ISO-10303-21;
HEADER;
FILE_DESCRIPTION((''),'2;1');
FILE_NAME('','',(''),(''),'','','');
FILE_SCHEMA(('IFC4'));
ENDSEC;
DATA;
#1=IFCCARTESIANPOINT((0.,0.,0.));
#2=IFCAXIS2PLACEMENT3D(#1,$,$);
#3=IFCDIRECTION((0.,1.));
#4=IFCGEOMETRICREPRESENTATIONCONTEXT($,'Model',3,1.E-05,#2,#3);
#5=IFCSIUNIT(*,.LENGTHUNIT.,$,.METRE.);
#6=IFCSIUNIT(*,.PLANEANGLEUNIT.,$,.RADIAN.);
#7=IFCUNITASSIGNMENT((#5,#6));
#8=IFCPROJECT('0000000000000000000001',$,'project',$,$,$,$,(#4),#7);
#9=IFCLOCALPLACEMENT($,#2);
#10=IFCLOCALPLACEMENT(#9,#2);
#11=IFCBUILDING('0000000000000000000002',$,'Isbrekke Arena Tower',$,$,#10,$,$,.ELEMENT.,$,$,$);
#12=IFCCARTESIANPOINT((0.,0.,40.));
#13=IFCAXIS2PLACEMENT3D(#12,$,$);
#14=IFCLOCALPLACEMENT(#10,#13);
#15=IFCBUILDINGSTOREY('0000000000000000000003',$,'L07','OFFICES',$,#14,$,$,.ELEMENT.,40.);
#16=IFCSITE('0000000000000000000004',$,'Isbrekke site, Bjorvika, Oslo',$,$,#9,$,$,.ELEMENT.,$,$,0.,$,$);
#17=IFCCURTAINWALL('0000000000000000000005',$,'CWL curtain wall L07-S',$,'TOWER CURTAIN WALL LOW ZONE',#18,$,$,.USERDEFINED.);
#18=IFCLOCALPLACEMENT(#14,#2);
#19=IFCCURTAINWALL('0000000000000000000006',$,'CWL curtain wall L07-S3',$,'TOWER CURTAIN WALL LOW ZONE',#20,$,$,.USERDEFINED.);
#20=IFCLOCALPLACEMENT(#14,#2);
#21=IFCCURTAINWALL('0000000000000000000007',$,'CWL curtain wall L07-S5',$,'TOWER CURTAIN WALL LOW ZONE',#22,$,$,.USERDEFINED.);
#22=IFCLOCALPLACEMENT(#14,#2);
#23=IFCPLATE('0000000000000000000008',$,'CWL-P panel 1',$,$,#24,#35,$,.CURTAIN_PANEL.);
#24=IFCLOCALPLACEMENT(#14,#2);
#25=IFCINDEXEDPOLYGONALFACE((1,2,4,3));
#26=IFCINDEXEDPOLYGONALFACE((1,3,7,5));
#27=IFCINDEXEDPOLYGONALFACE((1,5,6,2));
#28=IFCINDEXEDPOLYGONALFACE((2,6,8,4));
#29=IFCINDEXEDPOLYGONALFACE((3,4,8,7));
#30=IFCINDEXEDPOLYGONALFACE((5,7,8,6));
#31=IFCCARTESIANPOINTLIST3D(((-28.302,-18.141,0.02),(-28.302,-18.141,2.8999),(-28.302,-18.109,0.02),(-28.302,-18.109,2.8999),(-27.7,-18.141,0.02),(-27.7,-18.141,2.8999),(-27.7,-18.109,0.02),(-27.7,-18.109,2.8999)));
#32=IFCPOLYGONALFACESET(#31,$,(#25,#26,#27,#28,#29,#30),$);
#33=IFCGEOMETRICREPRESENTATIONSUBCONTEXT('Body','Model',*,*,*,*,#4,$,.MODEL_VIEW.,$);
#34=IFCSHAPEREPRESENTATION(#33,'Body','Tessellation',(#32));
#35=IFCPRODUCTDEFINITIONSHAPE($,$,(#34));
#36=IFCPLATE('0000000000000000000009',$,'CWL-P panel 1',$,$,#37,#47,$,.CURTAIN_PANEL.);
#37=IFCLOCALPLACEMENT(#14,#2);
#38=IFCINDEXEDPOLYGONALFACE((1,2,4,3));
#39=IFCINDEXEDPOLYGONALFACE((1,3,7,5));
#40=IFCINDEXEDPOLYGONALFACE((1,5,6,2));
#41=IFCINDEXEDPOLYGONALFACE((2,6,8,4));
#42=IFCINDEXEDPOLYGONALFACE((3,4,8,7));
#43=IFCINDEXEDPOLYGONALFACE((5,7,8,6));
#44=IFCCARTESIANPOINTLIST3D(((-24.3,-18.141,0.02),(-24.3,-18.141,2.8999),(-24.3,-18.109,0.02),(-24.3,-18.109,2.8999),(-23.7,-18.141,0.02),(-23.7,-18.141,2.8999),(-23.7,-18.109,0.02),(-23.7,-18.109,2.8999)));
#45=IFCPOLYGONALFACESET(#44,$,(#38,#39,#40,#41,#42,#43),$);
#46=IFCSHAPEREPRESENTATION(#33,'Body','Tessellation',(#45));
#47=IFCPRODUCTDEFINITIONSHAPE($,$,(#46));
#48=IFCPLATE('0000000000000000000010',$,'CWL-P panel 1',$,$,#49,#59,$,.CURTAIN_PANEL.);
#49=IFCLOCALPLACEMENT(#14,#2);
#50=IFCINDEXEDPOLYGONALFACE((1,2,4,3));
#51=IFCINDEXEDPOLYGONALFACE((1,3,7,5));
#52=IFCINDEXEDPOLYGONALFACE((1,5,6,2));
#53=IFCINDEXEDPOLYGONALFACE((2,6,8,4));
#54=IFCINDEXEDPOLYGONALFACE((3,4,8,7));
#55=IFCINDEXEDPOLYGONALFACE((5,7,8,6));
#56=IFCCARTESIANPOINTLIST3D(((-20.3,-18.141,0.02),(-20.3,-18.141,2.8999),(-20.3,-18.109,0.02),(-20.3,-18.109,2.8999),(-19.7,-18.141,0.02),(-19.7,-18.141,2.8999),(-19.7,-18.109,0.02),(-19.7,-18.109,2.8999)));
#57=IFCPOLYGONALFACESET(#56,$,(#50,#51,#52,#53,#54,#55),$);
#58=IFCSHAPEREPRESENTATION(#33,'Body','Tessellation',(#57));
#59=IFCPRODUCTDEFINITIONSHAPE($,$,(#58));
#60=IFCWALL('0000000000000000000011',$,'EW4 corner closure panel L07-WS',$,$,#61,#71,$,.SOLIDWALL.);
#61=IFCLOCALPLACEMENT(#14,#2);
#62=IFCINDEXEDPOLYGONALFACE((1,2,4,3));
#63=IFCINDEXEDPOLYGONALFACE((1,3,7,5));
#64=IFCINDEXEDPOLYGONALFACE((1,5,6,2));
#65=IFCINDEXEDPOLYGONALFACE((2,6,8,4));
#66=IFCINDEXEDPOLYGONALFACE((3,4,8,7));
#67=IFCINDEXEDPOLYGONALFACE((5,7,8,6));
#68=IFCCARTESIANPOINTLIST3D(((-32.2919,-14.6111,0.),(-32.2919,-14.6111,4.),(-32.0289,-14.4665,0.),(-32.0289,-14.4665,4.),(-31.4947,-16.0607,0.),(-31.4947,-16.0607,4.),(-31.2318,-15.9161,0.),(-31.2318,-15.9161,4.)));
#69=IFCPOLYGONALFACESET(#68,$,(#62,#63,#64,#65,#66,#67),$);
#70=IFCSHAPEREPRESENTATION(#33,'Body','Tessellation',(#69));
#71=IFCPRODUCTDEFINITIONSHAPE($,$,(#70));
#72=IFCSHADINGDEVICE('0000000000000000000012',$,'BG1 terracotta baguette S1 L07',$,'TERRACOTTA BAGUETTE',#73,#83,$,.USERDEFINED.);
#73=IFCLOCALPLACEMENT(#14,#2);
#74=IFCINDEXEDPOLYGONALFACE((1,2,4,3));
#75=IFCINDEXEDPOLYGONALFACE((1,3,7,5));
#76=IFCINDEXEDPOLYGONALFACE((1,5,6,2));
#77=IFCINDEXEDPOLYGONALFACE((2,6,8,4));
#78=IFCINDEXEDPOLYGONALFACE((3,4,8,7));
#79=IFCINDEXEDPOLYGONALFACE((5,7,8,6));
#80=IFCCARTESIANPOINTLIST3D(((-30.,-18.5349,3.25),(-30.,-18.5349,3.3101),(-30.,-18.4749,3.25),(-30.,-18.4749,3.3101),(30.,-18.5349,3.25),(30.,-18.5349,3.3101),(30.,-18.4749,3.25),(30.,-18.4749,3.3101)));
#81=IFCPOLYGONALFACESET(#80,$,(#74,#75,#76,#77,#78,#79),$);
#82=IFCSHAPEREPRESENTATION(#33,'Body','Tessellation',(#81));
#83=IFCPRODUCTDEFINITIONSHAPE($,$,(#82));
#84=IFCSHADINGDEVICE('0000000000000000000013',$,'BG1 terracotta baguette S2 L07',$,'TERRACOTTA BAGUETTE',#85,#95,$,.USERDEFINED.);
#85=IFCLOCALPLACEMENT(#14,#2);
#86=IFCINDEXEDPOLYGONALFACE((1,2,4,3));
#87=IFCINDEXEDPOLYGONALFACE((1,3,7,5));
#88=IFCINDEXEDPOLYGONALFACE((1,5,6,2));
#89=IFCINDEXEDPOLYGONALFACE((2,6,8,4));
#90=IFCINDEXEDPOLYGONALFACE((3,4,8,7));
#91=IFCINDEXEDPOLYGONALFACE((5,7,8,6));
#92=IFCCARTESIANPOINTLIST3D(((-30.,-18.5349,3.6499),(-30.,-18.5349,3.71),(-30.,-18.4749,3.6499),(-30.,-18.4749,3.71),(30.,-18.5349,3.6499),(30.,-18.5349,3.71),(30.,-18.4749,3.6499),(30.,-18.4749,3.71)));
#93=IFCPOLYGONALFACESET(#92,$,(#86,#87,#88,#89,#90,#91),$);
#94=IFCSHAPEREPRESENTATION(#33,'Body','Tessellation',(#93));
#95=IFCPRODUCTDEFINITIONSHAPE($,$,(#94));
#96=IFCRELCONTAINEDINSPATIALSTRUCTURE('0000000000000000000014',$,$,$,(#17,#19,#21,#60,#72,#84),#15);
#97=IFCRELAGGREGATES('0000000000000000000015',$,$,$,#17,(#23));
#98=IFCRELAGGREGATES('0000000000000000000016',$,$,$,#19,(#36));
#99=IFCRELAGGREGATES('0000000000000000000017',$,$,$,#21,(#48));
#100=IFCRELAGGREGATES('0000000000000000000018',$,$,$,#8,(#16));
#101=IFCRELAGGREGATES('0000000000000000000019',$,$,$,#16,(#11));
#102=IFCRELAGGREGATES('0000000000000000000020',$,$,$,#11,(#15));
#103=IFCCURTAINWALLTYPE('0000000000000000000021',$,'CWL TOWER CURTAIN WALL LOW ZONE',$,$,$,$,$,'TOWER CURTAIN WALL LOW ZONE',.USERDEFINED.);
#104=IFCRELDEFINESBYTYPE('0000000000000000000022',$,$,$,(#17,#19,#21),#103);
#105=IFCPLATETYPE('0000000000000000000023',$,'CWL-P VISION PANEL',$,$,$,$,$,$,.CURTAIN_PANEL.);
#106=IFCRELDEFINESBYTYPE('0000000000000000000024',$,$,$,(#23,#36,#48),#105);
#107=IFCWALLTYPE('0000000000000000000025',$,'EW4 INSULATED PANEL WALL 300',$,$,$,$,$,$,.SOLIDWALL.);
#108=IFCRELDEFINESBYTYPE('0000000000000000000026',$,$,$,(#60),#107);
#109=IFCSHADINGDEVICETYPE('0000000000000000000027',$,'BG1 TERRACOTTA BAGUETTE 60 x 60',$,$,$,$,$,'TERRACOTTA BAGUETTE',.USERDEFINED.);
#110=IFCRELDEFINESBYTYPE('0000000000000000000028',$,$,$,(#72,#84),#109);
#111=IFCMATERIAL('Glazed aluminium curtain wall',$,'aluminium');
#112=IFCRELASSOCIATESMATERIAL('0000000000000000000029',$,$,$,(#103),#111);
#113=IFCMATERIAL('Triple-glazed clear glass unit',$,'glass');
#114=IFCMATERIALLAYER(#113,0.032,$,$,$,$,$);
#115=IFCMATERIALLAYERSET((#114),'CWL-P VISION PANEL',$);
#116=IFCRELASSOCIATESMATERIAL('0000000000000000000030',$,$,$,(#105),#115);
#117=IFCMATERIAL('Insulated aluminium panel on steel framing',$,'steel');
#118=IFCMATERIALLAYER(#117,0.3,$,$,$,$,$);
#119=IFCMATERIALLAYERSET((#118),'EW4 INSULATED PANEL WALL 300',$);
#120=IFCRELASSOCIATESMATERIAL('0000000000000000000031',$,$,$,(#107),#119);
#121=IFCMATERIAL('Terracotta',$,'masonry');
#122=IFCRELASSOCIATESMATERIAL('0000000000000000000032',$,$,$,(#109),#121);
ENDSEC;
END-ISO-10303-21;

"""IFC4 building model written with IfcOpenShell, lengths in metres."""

from ifc_helpers import new_model, si_unit, direction, frame, frame_2d, origin, origin_2d, place, context, subcontext, project, spatial, rectangle, extrude, material, layer, layer_set, material_profile, profile_set, type_object, element, aggregate, save


model = new_model("IFC4")

# Units and contexts
model_context = context("Model", 3, precision=1e-05, world=origin(), true_north=direction((0.0, 1.0)))
body_context = subcontext(model_context, "Body", "Model", "MODEL_VIEW")
ifc_project = project(units=[si_unit("LENGTHUNIT", "METRE"), si_unit("PLANEANGLEUNIT", "RADIAN")], contexts=[model_context])

# Site, building, storey
site_placement = place(None, origin())
site = spatial("IfcSite", under=ifc_project, at=site_placement, Name="Isbrekke site, Bjorvika, Oslo", CompositionType="ELEMENT", RefElevation=0.0)
building_placement = place(site_placement, origin())
building = spatial("IfcBuilding", under=site, at=building_placement, Name="Isbrekke Arena Tower", CompositionType="ELEMENT")
storey_placement = place(building_placement, frame((0.0, 0.0, 40.0)))
storey = spatial("IfcBuildingStorey", under=building, at=storey_placement, Name="L07", Description="OFFICES", CompositionType="ELEMENT", Elevation=40.0)

# Curtain walls
ifc_material_1 = material(Name="Glazed aluminium curtain wall", Category="aluminium")
curtain_wall_type = type_object("IfcCurtainWallType", Name="CWL TOWER CURTAIN WALL LOW ZONE", ElementType="TOWER CURTAIN WALL LOW ZONE", PredefinedType="USERDEFINED", material=ifc_material_1)
curtain_wall_1_placement = place(storey_placement, origin())
curtain_wall_1 = element("IfcCurtainWall", 1, at=curtain_wall_1_placement, inside=storey, type_object=curtain_wall_type, Name="CWL curtain wall L07-S", ObjectType="TOWER CURTAIN WALL LOW ZONE", PredefinedType="USERDEFINED")
curtain_wall_2_placement = place(storey_placement, origin())
curtain_wall_2 = element("IfcCurtainWall", 2, at=curtain_wall_2_placement, inside=storey, type_object=curtain_wall_type, Name="CWL curtain wall L07-S3", ObjectType="TOWER CURTAIN WALL LOW ZONE", PredefinedType="USERDEFINED")

# Curtain wall
curtain_wall_3_placement = place(storey_placement, origin())
curtain_wall_3 = element("IfcCurtainWall", 3, at=curtain_wall_3_placement, inside=storey, type_object=curtain_wall_type, Name="CWL curtain wall L07-S5", ObjectType="TOWER CURTAIN WALL LOW ZONE", PredefinedType="USERDEFINED")

# Plates
ifc_material_2 = material(Name="Triple-glazed clear glass unit", Category="glass")
ifc_layer_1 = layer(ifc_material_2, 0.032)
ifc_layer_set_1 = layer_set([ifc_layer_1], Name="CWL-P VISION PANEL")
plate_type = type_object("IfcPlateType", Name="CWL-P VISION PANEL", PredefinedType="CURTAIN_PANEL", material=ifc_layer_set_1)
plate_1_placement = place(storey_placement, frame((-28.001, -18.125, 0.02), z_axis=(0.0, 0.0, 1.0), x_axis=(1.0, 0.0, 0.0)))
plate_1 = element("IfcPlate", 4, at=plate_1_placement, type_object=plate_type, Name="CWL-P panel 1", PredefinedType="CURTAIN_PANEL", context=body_context, shape_type="SweptSolid", body=[
    extrude(rectangle(XDim=0.6021, YDim=0.032, at=origin_2d()), origin(), (0.0, 0.0, 1.0), 2.8799),
])
aggregate(curtain_wall_1, [plate_1])
plate_2_placement = place(storey_placement, frame((-24.0, -18.125, 0.02), z_axis=(0.0, 0.0, 1.0), x_axis=(1.0, 0.0, 0.0)))
plate_2 = element("IfcPlate", 5, at=plate_2_placement, type_object=plate_type, Name="CWL-P panel 1", PredefinedType="CURTAIN_PANEL", context=body_context, shape_type="SweptSolid", body=[
    extrude(rectangle(XDim=0.6001, YDim=0.032, at=origin_2d()), origin(), (0.0, 0.0, 1.0), 2.8799),
])
aggregate(curtain_wall_2, [plate_2])
plate_3_placement = place(storey_placement, frame((-20.0, -18.125, 0.02), z_axis=(0.0, 0.0, 1.0), x_axis=(1.0, 0.0, 0.0)))
plate_3 = element("IfcPlate", 6, at=plate_3_placement, type_object=plate_type, Name="CWL-P panel 1", PredefinedType="CURTAIN_PANEL", context=body_context, shape_type="SweptSolid", body=[
    extrude(rectangle(XDim=0.6001, YDim=0.032, at=origin_2d()), origin(), (0.0, 0.0, 1.0), 2.8799),
])
aggregate(curtain_wall_3, [plate_3])

# Wall
ifc_material_3 = material(Name="Insulated aluminium panel on steel framing", Category="steel")
ifc_layer_2 = layer(ifc_material_3, 0.3)
ifc_layer_set_2 = layer_set([ifc_layer_2], Name="EW4 INSULATED PANEL WALL 300")
wall_type = type_object("IfcWallType", Name="EW4 INSULATED PANEL WALL 300", PredefinedType="SOLIDWALL", material=ifc_layer_set_2)
wall_placement = place(storey_placement, frame((-32.1604, -14.5388, 0.0), z_axis=(0.0, 0.0, 1.0), x_axis=(0.481879, -0.876238, 0.0)))
element("IfcWall", 7, at=wall_placement, inside=storey, type_object=wall_type, Name="EW4 corner closure panel L07-WS", PredefinedType="SOLIDWALL", context=body_context, shape_type="SweptSolid", body=[
    extrude(rectangle(XDim=1.6543, YDim=0.3, at=frame_2d((0.8271, 0.0))), origin(), (0.0, 0.0, 1.0), 4.0),
])

# Shading devices
ifc_material_4 = material(Name="Terracotta", Category="masonry")
ifc_material_profile_1 = material_profile(ifc_material_4, rectangle(XDim=0.0601, YDim=0.0601, at=origin_2d()), Name="BAGUETTE 60X60")
ifc_profile_set_1 = profile_set([ifc_material_profile_1], Name="Terracotta")
shading_device_type = type_object("IfcShadingDeviceType", Name="BG1 TERRACOTTA BAGUETTE 60 x 60", ElementType="TERRACOTTA BAGUETTE", PredefinedType="USERDEFINED", material=ifc_profile_set_1)
for number, where, z_axis, x_axis, name in (
    (8, (-30.0, -18.5049, 3.28), (1.0, 0.0, 0.0), (0.0, 1.0, 0.0), "BG1 terracotta baguette S1 L07"),
    (9, (-30.0, -18.5049, 3.6799), (1.0, 0.0, 0.0), (0.0, 1.0, 0.0), "BG1 terracotta baguette S2 L07"),
):
    element("IfcShadingDevice", number, at=place(storey_placement, frame(where, z_axis=z_axis, x_axis=x_axis)), inside=storey, type_object=shading_device_type, Name=name, ObjectType="TERRACOTTA BAGUETTE", PredefinedType="USERDEFINED", context=body_context, shape_type="SweptSolid", body=[
        extrude(rectangle(XDim=0.0601, YDim=0.0601, at=origin_2d()), origin(), (0.0, 0.0, 1.0), 60.0),
    ])

save(model, "model.ifc")
